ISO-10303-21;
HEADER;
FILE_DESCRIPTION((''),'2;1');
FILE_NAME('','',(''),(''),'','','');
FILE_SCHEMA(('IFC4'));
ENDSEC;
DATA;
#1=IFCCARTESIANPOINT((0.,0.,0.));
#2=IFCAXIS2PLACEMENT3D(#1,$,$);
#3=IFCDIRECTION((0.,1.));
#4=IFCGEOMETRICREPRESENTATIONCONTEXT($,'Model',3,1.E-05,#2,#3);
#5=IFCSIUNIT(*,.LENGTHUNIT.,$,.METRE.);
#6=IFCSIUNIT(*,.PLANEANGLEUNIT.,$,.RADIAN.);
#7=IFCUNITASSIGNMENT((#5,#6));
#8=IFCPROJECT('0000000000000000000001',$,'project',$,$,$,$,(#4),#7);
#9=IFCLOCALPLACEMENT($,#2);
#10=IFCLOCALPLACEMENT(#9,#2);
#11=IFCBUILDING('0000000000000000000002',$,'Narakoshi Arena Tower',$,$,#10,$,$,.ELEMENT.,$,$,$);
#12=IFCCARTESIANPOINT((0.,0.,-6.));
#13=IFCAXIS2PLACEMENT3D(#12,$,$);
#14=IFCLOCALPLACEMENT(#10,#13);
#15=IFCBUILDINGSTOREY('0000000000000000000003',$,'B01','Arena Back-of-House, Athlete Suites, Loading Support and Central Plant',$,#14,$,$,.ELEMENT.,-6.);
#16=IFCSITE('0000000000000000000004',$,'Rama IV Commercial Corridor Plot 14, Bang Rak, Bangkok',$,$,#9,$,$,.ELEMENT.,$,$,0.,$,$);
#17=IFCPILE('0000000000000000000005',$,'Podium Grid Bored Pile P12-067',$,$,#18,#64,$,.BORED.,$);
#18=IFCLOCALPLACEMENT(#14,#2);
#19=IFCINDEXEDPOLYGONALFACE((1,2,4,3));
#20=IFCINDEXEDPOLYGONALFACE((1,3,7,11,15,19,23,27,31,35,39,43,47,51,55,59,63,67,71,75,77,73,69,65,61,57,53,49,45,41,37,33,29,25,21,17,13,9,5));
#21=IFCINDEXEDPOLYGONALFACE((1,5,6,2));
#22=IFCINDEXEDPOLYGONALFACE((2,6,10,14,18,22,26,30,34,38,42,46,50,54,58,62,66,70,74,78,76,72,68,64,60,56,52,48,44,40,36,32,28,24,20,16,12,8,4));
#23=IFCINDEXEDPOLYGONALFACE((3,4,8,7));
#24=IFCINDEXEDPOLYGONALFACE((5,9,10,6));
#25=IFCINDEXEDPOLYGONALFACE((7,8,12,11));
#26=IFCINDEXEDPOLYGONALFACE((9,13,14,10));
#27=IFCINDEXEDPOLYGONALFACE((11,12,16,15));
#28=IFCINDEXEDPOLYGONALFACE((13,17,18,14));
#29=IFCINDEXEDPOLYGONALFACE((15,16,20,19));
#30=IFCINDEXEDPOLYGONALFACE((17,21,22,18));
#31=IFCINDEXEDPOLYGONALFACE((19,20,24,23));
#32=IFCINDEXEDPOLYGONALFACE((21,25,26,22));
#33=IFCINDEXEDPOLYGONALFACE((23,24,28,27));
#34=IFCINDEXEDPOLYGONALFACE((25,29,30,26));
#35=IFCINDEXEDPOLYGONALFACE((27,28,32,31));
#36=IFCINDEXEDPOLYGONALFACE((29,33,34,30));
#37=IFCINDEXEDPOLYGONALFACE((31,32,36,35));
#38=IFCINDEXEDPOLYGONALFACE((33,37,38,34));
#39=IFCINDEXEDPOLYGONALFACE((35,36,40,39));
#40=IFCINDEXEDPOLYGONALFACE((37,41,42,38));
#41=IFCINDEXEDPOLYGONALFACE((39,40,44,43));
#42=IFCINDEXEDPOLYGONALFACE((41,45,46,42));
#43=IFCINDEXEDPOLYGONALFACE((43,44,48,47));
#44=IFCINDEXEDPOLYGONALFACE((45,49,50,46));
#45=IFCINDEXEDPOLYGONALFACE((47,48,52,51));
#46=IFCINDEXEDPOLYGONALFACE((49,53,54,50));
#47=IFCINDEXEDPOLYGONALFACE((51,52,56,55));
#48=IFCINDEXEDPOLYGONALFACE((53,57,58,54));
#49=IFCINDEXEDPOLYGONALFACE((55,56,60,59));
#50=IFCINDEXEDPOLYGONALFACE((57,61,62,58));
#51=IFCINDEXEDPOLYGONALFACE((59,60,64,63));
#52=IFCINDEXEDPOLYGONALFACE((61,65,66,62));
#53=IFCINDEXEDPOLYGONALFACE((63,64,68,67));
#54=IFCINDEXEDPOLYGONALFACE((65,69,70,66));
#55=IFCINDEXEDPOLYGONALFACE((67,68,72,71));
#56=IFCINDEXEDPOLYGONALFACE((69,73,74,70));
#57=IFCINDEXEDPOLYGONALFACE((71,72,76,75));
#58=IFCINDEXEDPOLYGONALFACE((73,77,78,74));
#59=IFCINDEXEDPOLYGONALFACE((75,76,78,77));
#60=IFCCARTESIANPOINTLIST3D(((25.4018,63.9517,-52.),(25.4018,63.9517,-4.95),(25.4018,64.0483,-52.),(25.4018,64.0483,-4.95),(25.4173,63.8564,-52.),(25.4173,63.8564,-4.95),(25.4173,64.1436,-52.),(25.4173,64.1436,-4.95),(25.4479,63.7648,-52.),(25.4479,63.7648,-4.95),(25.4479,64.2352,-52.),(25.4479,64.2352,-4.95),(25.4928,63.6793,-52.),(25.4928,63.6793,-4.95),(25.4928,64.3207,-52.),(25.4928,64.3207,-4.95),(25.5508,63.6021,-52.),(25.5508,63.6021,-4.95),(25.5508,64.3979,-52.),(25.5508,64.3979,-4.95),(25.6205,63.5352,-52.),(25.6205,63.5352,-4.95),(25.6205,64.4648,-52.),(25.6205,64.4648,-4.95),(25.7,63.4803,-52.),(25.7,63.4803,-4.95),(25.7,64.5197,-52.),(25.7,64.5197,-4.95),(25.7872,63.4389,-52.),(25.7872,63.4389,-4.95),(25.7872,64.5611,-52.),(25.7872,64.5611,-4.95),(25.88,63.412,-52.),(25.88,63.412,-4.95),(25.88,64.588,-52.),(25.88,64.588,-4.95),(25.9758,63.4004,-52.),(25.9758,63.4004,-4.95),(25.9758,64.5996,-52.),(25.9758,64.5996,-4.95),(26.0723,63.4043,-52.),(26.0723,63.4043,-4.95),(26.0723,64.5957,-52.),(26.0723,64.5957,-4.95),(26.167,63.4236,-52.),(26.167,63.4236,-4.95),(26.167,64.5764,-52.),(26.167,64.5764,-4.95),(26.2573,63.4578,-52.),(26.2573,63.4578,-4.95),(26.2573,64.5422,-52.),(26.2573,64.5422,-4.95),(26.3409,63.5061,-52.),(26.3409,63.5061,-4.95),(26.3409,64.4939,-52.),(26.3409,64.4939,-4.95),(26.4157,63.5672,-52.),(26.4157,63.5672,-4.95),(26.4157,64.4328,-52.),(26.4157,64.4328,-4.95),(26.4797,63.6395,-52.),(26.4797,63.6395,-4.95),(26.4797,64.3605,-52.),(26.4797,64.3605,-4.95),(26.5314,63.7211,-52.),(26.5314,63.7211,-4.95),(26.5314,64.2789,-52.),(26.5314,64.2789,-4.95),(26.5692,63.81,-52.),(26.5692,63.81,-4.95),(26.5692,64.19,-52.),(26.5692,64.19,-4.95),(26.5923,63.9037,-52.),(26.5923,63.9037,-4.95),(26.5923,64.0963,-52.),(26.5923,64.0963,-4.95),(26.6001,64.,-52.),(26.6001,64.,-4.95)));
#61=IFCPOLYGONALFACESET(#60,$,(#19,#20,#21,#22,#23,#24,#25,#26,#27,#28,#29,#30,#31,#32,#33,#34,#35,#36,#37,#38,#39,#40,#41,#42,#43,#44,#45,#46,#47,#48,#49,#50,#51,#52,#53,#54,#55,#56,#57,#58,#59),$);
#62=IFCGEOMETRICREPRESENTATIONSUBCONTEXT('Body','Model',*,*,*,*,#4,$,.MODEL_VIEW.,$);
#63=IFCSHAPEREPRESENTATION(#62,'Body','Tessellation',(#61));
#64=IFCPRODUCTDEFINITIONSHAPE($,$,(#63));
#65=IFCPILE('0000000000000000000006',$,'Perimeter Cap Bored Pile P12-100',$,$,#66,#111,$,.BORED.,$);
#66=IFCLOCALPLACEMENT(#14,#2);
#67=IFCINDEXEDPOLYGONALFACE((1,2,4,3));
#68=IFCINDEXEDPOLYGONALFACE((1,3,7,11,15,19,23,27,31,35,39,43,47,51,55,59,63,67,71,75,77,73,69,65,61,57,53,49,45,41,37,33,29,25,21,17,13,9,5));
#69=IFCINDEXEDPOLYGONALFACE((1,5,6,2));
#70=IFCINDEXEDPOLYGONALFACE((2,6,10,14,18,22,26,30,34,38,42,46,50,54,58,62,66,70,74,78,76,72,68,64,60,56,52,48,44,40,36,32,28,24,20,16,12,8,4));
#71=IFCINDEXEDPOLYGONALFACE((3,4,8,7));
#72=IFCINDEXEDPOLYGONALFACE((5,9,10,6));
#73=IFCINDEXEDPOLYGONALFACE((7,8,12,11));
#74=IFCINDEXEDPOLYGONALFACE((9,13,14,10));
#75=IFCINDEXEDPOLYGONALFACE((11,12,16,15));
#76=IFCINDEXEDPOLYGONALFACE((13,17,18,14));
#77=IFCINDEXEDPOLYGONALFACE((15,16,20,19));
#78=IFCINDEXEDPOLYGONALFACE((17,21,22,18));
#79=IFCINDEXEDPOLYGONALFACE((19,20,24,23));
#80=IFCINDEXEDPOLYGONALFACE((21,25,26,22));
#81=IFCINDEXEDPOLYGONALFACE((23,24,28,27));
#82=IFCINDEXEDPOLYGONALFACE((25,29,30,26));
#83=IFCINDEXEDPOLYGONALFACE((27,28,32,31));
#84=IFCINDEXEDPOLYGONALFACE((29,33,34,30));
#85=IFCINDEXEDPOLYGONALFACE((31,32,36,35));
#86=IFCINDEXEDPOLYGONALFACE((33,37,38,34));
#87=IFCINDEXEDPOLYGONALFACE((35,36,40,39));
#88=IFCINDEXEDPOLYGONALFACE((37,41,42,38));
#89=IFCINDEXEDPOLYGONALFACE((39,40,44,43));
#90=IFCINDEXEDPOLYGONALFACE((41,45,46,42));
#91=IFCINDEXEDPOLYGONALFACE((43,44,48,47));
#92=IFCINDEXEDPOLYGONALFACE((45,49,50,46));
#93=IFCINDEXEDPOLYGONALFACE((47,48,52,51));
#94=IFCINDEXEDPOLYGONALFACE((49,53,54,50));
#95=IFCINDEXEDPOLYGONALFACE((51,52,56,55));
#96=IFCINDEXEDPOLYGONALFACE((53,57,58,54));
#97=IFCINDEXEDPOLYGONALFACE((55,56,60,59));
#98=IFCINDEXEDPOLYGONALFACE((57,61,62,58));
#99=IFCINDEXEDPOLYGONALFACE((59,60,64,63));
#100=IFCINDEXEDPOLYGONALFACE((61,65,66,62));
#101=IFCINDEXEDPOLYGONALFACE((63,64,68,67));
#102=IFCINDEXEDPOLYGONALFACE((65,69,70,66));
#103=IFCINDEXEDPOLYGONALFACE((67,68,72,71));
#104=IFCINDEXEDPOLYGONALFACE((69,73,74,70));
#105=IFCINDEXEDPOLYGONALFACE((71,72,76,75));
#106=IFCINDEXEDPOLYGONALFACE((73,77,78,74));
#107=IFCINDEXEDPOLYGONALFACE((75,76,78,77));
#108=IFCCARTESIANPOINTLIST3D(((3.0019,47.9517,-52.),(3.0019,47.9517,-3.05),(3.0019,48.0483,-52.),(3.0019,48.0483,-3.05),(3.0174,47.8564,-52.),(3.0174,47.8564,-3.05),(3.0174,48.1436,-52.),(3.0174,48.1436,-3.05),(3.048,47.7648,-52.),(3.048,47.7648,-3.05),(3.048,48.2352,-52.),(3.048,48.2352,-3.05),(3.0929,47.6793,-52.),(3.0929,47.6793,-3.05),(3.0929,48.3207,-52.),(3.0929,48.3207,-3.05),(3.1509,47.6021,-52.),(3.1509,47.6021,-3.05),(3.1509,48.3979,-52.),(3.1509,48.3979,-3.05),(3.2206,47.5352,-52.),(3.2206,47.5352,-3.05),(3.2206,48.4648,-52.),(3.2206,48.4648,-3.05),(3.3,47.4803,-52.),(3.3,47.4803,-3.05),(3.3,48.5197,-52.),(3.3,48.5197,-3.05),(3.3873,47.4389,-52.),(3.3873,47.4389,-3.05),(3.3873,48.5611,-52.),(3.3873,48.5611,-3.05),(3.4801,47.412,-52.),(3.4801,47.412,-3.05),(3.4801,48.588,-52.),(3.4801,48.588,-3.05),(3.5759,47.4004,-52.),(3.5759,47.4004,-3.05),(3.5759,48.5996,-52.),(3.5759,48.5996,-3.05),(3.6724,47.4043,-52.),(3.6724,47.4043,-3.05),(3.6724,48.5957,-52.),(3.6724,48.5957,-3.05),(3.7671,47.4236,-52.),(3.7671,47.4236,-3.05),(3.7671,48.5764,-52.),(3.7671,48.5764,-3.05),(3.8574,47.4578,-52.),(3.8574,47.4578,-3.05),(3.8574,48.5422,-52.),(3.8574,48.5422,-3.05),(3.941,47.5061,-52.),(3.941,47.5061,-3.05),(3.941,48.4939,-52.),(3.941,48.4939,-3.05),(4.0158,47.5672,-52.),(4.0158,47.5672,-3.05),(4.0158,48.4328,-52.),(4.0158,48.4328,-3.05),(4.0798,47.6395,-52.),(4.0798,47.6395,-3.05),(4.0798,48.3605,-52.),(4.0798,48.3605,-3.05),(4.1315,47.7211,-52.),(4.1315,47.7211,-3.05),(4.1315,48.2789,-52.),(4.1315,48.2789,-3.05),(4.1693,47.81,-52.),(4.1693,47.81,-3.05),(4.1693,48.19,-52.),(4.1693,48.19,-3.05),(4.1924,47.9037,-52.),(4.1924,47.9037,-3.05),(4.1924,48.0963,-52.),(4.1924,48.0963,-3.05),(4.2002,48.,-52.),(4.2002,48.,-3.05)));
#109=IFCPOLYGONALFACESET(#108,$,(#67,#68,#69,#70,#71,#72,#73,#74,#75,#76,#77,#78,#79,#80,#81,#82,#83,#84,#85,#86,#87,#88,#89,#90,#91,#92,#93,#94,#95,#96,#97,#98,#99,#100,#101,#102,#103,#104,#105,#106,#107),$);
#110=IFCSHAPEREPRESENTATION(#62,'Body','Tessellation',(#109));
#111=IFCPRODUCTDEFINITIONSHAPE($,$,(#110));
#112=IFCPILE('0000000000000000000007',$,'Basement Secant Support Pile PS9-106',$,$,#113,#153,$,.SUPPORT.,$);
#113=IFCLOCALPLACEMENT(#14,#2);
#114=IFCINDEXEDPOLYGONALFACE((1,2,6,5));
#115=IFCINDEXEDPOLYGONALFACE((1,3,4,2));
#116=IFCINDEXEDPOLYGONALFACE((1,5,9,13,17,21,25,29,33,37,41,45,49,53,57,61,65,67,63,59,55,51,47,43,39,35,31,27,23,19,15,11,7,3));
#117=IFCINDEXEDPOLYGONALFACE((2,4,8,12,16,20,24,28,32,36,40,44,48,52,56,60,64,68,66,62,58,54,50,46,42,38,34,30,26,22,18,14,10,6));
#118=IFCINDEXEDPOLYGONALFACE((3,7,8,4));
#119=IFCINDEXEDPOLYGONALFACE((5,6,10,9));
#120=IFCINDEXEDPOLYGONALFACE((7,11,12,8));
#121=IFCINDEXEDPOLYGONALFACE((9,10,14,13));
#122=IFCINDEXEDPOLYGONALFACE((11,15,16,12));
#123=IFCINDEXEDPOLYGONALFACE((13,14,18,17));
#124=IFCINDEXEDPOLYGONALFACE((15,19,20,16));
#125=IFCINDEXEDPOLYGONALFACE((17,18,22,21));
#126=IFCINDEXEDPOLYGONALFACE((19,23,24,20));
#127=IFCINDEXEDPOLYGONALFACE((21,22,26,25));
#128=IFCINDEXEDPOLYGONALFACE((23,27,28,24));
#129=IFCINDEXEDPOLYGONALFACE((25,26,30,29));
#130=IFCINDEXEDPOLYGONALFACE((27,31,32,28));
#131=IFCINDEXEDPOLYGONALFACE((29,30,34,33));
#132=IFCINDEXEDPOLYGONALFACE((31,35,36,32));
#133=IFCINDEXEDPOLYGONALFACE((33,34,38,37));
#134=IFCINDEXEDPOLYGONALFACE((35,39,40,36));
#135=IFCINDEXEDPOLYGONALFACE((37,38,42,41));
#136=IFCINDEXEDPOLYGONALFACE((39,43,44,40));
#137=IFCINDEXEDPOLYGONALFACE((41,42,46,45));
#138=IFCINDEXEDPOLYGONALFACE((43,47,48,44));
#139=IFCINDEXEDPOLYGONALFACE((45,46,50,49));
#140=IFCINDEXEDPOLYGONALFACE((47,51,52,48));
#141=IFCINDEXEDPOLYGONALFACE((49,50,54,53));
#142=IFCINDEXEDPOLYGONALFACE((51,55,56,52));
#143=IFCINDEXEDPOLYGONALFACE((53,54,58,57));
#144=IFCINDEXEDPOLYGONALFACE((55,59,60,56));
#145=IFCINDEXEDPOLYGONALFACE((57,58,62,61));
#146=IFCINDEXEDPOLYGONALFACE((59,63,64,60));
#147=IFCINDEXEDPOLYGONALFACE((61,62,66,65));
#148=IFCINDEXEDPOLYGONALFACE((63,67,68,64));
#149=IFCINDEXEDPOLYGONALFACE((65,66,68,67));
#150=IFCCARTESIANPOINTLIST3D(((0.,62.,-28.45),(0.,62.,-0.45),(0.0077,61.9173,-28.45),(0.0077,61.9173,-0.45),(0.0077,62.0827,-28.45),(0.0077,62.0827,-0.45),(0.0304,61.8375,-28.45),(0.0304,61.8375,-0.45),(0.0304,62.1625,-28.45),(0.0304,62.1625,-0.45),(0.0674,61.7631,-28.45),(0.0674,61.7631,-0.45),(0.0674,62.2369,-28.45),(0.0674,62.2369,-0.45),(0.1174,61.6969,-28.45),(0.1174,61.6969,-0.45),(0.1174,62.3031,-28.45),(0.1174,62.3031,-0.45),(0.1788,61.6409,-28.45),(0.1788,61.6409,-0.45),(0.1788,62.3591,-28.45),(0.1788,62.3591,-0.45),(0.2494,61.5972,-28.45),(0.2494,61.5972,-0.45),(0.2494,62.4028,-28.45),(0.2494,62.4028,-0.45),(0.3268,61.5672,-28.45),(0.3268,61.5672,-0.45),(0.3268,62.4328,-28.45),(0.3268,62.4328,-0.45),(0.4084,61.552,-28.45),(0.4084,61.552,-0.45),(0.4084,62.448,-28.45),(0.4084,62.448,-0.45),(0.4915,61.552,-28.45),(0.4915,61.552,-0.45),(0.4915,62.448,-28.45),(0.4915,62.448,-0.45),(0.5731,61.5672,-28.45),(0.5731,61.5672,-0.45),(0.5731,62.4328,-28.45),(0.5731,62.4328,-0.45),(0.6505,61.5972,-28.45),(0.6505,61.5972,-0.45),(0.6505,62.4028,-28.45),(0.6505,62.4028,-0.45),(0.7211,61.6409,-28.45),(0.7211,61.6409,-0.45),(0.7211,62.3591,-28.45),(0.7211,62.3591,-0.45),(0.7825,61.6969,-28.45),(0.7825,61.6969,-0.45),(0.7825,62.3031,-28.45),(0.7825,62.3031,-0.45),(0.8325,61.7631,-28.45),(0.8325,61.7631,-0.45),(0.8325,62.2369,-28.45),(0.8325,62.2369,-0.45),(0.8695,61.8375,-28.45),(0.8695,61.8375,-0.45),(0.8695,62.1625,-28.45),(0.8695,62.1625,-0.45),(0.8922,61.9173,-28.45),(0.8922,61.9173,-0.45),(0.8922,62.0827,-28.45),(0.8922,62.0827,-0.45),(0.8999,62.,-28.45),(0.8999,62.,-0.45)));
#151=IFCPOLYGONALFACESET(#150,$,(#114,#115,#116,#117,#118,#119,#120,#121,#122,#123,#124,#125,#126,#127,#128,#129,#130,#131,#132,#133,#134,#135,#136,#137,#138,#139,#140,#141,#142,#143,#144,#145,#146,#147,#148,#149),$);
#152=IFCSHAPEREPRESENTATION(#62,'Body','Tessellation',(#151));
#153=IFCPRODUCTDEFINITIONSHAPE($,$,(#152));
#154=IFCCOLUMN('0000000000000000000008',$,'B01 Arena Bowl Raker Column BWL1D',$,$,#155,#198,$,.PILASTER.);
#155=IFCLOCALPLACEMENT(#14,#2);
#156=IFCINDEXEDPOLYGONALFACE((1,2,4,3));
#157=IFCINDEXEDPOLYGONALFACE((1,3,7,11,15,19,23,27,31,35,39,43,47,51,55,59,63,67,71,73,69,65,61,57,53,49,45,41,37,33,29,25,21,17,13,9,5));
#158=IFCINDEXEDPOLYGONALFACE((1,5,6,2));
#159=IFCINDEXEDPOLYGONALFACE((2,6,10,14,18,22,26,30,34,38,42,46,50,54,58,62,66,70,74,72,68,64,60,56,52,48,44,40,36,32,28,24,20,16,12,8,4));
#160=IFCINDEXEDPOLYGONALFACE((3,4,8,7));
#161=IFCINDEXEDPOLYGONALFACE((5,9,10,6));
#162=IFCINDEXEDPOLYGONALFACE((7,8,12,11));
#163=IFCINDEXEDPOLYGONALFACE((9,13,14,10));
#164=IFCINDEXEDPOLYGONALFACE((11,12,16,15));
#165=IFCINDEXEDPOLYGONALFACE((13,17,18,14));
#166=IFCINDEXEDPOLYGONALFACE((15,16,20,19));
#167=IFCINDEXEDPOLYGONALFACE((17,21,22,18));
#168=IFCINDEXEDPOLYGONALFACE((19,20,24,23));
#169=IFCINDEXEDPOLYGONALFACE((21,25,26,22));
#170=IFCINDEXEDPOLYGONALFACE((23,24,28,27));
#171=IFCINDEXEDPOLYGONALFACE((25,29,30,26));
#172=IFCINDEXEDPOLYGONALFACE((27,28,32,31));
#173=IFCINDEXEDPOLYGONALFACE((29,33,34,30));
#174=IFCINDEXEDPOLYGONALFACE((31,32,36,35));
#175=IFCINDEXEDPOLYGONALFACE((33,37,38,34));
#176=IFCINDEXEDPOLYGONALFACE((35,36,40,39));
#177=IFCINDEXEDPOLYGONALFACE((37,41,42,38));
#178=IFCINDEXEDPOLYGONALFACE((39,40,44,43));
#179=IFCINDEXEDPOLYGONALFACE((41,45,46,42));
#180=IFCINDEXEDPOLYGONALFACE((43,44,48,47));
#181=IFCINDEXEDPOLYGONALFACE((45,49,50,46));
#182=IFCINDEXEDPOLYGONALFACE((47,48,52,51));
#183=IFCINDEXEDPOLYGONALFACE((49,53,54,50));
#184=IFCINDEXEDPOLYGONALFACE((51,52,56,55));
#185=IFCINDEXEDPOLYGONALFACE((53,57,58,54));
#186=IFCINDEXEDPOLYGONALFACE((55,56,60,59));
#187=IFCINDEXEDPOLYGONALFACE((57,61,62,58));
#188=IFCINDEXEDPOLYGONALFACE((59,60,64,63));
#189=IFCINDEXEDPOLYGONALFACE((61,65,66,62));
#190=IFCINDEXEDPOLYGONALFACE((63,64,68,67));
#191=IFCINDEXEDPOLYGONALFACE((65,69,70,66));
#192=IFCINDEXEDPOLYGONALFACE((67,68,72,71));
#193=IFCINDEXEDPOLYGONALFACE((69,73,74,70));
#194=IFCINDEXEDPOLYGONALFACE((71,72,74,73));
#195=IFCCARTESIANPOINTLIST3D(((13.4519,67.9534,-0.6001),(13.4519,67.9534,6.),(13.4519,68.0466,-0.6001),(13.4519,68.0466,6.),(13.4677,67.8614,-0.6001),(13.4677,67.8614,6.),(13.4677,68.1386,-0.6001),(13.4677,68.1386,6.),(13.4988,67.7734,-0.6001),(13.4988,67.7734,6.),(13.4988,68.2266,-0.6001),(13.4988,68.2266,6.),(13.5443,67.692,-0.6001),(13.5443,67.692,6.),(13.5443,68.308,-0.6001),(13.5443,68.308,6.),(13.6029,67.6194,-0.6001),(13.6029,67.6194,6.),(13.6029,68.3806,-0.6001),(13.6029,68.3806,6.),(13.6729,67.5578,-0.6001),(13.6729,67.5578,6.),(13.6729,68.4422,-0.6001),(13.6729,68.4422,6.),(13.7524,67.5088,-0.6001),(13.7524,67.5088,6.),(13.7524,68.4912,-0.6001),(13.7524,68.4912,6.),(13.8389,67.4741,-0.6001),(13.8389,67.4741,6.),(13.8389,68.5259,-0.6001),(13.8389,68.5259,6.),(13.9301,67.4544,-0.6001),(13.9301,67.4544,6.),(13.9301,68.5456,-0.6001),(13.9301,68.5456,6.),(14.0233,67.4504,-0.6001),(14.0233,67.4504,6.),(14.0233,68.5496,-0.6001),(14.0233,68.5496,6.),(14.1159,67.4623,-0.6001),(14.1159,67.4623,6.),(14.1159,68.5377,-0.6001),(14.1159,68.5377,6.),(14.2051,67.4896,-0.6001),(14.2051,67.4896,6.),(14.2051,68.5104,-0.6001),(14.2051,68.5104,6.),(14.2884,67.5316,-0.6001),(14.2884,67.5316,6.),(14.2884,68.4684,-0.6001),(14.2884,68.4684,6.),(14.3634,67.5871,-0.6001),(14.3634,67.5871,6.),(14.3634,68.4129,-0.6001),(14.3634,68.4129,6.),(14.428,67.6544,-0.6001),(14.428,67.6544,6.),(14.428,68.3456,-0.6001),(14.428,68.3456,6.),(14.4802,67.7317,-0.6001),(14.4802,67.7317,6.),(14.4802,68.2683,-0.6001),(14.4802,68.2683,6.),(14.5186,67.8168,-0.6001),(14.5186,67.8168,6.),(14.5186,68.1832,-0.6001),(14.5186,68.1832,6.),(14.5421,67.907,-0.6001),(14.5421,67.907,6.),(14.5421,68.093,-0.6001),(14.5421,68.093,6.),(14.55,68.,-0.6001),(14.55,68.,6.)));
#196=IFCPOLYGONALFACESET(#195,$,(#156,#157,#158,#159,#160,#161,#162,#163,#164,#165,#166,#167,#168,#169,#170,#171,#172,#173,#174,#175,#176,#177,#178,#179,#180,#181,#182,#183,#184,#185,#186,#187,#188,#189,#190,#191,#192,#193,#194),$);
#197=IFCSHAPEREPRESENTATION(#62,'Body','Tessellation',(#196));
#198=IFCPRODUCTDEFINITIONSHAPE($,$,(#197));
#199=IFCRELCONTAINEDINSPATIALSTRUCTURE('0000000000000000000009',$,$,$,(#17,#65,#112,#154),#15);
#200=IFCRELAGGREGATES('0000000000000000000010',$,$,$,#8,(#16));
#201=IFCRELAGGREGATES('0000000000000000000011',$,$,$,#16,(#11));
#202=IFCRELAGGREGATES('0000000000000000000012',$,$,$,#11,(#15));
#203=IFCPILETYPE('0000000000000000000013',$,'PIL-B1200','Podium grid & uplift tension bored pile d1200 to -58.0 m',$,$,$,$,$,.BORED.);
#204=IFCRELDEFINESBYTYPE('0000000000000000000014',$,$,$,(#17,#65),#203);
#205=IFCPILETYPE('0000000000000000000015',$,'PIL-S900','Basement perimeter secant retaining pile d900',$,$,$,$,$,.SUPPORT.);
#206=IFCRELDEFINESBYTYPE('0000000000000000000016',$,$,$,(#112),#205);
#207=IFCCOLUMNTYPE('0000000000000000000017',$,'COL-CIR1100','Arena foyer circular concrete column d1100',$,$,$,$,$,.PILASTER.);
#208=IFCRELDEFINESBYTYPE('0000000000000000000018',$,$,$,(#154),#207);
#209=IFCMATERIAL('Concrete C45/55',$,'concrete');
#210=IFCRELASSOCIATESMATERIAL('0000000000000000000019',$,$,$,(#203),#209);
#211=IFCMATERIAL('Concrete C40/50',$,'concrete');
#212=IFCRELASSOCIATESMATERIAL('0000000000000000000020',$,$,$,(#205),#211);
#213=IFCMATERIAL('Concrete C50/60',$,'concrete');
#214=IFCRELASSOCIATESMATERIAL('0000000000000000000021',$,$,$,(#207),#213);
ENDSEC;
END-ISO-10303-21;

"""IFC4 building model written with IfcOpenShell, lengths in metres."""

from ifc_helpers import new_model, si_unit, direction, frame, origin, origin_2d, place, context, subcontext, project, spatial, circle, extrude, material, material_profile, profile_set, type_object, element, save


model = new_model("IFC4")

# Units and contexts
model_context = context("Model", 3, precision=1e-05, world=origin(), true_north=direction((0.0, 1.0)))
body_context = subcontext(model_context, "Body", "Model", "MODEL_VIEW")
ifc_project = project(units=[si_unit("LENGTHUNIT", "METRE"), si_unit("PLANEANGLEUNIT", "RADIAN")], contexts=[model_context])

# Site, building, storey
site_placement = place(None, origin())
site = spatial("IfcSite", under=ifc_project, at=site_placement, Name="Rama IV Commercial Corridor Plot 14, Bang Rak, Bangkok", CompositionType="ELEMENT", RefElevation=0.0)
building_placement = place(site_placement, origin())
building = spatial("IfcBuilding", under=site, at=building_placement, Name="Narakoshi Arena Tower", CompositionType="ELEMENT")
storey_placement = place(building_placement, frame((0.0, 0.0, -6.0)))
storey = spatial("IfcBuildingStorey", under=building, at=storey_placement, Name="B01", Description="Arena Back-of-House, Athlete Suites, Loading Support and Central Plant", CompositionType="ELEMENT", Elevation=-6.0)

# Shared definitions
ifc_material_1 = material(Name="Concrete C45/55", Category="concrete")

# Piles
ifc_material_profile_1 = material_profile(ifc_material_1, circle(Radius=0.6001, at=origin_2d()), Name="PILE-D1200")
ifc_profile_set_1 = profile_set([ifc_material_profile_1], Name="Concrete C45/55")
pile_type_1 = type_object("IfcPileType", Name="PIL-B1200", Description="Podium grid & uplift tension bored pile d1200 to -58.0 m", PredefinedType="BORED", material=ifc_profile_set_1)
for number, where, z_axis, x_axis, name in (
    (1, (26.0, 64.0, -4.95), (0.0, 0.0, -1.0), (1.0, 0.0, 0.0), "Podium Grid Bored Pile P12-067"),
):
    element("IfcPile", number, at=place(storey_placement, frame(where, z_axis=z_axis, x_axis=x_axis)), inside=storey, type_object=pile_type_1, Name=name, PredefinedType="BORED", context=body_context, shape_type="SweptSolid", body=[
        extrude(circle(Radius=0.6001, at=origin_2d()), origin(), (0.0, 0.0, 1.0), 47.05),
    ])
pile_1_placement = place(storey_placement, frame((3.6001, 48.0, -3.05), z_axis=(0.0, 0.0, -1.0), x_axis=(1.0, 0.0, 0.0)))
element("IfcPile", 2, at=pile_1_placement, inside=storey, type_object=pile_type_1, Name="Perimeter Cap Bored Pile P12-100", PredefinedType="BORED", context=body_context, shape_type="SweptSolid", body=[
    extrude(circle(Radius=0.6001, at=origin_2d()), origin(), (0.0, 0.0, 1.0), 48.95),
])
ifc_material_2 = material(Name="Concrete C40/50", Category="concrete")
ifc_material_profile_2 = material_profile(ifc_material_2, circle(Radius=0.45, at=origin_2d()), Name="PILE-D900")
ifc_profile_set_2 = profile_set([ifc_material_profile_2], Name="Concrete C40/50")
pile_type_2 = type_object("IfcPileType", Name="PIL-S900", Description="Basement perimeter secant retaining pile d900", PredefinedType="SUPPORT", material=ifc_profile_set_2)
pile_2_placement = place(storey_placement, frame((0.45, 62.0, -0.45), z_axis=(0.0, 0.0, -1.0), x_axis=(1.0, 0.0, 0.0)))
element("IfcPile", 3, at=pile_2_placement, inside=storey, type_object=pile_type_2, Name="Basement Secant Support Pile PS9-106", PredefinedType="SUPPORT", context=body_context, shape_type="SweptSolid", body=[
    extrude(circle(Radius=0.45, at=origin_2d()), origin(), (0.0, 0.0, 1.0), 28.0),
])

# Column
ifc_material_3 = material(Name="Concrete C50/60", Category="concrete")
ifc_material_profile_3 = material_profile(ifc_material_3, circle(Radius=0.55, at=origin_2d()), Name="RCC1100")
ifc_profile_set_3 = profile_set([ifc_material_profile_3], Name="Concrete C50/60")
column_type_1 = type_object("IfcColumnType", Name="COL-CIR1100", Description="Arena foyer circular concrete column d1100", PredefinedType="PILASTER", material=ifc_profile_set_3)
for number, where, z_axis, x_axis, name in (
    (4, (14.0, 68.0, -0.6001), (0.0, 0.0, 1.0), (1.0, 0.0, 0.0), "B01 Arena Bowl Raker Column BWL1D"),
):
    element("IfcColumn", number, at=place(storey_placement, frame(where, z_axis=z_axis, x_axis=x_axis)), inside=storey, type_object=column_type_1, Name=name, PredefinedType="PILASTER", context=body_context, shape_type="SweptSolid", body=[
        extrude(circle(Radius=0.55, at=origin_2d()), origin(), (0.0, 0.0, 1.0), 6.6001),
    ])

save(model, "model.ifc")
